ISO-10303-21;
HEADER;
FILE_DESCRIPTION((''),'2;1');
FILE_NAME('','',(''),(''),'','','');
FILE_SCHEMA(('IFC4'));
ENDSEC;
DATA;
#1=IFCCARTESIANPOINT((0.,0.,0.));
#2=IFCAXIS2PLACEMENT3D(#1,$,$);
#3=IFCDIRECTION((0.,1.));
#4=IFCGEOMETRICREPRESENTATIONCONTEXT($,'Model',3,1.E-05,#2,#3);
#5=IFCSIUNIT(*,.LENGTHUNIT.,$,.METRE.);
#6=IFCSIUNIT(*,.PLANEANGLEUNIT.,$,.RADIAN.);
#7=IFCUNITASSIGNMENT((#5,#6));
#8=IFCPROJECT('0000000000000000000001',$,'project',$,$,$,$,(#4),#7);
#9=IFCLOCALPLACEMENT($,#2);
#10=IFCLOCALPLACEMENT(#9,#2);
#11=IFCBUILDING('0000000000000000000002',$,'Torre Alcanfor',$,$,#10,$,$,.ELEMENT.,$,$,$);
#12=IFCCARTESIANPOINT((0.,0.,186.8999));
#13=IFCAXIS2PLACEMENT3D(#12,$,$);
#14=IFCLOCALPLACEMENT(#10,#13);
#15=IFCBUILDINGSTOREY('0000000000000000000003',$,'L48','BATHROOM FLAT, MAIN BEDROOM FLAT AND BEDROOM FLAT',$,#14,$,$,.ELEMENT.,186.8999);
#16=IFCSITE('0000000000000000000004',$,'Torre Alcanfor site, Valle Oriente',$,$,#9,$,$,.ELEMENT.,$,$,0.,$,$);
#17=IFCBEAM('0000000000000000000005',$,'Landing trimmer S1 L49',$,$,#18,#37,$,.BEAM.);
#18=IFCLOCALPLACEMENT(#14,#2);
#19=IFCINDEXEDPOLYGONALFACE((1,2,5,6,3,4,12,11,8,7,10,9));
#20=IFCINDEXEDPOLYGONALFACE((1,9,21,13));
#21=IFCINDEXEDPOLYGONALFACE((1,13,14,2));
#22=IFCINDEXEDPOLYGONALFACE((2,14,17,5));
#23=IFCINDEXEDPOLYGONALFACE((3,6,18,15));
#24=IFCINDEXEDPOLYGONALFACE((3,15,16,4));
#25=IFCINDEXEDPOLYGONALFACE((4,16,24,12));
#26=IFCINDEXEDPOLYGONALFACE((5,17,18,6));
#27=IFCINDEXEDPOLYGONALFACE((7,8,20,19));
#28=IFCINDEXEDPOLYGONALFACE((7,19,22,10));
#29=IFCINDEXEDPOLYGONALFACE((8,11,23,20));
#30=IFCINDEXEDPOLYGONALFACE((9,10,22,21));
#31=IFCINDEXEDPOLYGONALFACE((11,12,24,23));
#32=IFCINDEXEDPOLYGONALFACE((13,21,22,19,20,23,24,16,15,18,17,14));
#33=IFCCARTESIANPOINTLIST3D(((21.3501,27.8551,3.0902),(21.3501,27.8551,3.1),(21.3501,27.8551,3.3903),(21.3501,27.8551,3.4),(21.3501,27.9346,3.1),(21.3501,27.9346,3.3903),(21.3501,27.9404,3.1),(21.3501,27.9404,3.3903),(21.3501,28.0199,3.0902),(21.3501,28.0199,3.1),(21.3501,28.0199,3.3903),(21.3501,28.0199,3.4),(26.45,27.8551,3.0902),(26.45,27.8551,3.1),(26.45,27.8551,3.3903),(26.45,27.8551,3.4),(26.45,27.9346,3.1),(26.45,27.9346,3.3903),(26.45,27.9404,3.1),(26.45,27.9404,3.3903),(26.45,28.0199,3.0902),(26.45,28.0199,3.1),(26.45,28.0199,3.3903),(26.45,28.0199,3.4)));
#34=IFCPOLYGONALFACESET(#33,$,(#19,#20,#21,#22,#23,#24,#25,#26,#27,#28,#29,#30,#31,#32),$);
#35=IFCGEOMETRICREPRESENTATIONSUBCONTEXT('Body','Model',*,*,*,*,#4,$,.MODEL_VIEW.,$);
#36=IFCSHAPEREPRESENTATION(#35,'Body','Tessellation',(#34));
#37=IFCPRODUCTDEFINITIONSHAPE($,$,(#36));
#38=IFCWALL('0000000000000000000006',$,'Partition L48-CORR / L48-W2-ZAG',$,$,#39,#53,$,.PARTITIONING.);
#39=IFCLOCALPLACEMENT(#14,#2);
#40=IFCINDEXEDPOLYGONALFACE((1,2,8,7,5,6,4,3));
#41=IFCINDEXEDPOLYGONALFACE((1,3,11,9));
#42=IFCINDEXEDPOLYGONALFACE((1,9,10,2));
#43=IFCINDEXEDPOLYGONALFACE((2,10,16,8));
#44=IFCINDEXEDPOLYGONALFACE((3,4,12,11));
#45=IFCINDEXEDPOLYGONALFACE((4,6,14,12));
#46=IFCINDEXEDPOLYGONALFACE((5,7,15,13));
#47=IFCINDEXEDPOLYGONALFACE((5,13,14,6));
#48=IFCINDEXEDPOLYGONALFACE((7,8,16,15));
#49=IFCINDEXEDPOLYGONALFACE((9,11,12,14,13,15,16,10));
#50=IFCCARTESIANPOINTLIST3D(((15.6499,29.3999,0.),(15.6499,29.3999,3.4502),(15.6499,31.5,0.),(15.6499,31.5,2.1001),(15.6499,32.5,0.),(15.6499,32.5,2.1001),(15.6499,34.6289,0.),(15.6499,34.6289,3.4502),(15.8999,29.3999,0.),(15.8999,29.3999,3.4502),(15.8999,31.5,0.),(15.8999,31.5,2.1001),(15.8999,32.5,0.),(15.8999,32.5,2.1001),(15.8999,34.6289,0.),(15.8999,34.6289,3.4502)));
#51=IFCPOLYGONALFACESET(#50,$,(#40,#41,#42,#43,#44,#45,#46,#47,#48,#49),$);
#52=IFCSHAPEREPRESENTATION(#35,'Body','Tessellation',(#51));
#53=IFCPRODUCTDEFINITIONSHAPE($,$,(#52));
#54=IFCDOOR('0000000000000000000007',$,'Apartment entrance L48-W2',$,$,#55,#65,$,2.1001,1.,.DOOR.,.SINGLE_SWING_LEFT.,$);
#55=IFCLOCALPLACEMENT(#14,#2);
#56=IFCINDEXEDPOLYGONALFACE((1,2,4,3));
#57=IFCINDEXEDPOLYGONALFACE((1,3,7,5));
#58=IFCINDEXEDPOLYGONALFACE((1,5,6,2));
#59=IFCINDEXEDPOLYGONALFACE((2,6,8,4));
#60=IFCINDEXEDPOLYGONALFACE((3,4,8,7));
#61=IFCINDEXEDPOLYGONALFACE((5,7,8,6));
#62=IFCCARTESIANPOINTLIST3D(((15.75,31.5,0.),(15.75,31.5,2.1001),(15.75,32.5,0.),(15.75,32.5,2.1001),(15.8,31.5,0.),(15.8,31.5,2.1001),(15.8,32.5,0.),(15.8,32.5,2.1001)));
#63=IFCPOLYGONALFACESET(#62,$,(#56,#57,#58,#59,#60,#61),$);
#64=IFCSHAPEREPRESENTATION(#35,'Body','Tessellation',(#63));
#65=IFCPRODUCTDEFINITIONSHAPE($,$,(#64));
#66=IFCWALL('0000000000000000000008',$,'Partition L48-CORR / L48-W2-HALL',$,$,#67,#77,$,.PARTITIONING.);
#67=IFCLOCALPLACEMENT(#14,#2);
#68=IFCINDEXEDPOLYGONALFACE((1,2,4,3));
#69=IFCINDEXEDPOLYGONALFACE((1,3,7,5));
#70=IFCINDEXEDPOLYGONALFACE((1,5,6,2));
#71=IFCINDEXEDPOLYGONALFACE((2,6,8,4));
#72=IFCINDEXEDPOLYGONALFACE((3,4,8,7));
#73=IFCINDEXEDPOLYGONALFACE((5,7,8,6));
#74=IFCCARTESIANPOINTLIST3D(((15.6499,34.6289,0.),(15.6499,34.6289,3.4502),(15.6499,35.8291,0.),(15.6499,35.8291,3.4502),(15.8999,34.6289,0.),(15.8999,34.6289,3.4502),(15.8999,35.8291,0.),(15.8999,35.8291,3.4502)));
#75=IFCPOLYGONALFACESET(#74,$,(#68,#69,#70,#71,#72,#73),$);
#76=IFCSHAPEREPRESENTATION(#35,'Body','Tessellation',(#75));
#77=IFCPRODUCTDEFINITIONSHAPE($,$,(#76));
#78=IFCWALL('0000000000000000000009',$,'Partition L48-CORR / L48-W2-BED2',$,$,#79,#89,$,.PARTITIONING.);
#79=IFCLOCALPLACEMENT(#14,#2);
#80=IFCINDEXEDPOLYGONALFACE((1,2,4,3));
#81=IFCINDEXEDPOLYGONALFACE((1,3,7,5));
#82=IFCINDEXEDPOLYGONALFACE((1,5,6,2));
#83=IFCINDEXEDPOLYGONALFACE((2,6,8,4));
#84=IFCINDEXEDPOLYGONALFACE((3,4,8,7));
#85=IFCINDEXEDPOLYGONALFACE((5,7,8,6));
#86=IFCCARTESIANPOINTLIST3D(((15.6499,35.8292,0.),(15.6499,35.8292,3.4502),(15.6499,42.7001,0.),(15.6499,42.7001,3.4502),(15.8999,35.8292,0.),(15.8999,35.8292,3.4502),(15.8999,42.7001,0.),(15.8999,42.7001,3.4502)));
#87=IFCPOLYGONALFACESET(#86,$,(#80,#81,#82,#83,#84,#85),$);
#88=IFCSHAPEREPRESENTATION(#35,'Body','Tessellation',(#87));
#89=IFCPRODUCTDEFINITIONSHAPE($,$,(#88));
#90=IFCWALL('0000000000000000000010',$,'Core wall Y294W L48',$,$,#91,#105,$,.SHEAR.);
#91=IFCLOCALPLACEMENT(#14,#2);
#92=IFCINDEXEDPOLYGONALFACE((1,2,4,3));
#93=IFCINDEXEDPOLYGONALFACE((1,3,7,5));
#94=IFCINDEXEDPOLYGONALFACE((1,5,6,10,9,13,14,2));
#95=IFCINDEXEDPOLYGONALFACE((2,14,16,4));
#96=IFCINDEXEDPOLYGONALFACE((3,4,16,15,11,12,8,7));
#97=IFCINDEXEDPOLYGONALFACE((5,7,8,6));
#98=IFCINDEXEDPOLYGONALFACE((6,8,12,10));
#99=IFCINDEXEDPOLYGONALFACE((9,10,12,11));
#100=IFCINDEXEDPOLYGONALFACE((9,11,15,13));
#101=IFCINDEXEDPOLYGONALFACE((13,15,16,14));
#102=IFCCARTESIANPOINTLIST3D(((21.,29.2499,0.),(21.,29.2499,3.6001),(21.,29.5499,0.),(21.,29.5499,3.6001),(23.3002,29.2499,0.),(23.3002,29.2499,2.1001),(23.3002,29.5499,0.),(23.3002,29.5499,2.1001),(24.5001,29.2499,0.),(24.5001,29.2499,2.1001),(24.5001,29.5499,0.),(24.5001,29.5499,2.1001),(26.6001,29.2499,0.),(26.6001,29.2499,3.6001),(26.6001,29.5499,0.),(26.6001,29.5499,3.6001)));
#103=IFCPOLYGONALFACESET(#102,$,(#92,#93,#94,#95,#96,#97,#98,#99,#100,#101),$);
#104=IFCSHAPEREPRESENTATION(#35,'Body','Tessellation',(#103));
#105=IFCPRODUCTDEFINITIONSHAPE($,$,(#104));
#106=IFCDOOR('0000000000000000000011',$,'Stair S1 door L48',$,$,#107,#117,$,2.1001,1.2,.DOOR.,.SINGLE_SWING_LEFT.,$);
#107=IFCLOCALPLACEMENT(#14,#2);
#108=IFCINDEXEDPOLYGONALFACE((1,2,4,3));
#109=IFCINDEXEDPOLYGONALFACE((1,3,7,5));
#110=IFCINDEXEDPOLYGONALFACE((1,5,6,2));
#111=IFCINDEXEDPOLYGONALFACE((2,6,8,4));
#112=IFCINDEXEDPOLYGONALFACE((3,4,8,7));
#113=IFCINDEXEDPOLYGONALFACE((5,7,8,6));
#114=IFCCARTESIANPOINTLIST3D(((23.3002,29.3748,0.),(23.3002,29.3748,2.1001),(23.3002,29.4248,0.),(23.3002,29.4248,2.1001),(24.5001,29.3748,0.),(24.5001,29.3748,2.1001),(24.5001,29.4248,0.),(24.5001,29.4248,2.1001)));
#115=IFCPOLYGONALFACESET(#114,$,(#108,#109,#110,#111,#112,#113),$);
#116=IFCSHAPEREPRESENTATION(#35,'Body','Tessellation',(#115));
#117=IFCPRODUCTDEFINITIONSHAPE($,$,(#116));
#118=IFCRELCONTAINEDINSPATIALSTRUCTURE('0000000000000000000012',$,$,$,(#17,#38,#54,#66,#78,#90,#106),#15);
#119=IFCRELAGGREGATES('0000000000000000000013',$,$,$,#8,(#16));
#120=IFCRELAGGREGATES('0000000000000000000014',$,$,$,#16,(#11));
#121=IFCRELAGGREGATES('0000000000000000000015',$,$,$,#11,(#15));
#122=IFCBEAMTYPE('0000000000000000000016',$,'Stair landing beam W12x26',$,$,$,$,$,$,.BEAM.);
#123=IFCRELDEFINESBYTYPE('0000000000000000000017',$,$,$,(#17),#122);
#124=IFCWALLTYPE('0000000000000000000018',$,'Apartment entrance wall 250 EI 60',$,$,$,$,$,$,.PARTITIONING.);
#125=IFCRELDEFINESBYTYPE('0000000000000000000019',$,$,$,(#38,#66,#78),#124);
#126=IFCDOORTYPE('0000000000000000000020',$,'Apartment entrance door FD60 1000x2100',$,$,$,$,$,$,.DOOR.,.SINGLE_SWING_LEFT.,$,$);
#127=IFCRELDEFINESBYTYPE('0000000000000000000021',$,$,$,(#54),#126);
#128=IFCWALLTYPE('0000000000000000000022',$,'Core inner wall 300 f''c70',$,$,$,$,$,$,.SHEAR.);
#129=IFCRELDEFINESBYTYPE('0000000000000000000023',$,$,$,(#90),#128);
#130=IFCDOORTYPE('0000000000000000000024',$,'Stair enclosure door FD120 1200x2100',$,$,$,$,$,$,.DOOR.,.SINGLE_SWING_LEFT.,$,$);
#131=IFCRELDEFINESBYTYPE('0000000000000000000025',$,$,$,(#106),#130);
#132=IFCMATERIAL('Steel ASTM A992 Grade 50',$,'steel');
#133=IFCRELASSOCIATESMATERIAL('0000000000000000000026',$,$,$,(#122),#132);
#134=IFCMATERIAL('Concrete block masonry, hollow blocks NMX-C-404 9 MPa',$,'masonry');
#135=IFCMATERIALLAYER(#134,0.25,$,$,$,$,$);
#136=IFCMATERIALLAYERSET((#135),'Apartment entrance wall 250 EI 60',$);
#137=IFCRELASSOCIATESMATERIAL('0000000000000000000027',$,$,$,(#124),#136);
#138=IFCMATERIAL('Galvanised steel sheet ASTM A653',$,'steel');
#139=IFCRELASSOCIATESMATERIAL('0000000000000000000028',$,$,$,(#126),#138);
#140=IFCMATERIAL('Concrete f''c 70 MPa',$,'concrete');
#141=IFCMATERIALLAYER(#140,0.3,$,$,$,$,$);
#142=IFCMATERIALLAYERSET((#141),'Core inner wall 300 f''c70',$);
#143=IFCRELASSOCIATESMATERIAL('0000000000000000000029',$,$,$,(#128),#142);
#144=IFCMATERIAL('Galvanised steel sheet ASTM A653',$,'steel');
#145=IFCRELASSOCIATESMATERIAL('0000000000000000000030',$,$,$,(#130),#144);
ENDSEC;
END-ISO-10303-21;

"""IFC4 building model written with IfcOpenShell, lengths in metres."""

from ifc_helpers import new_model, si_unit, direction, frame, frame_2d, origin, origin_2d, place, context, subcontext, project, spatial, rectangle, i_section, extrude, material, layer, layer_set, material_profile, profile_set, type_object, element, fill, save


model = new_model("IFC4")

# Units and contexts
model_context = context("Model", 3, precision=1e-05, world=origin(), true_north=direction((0.0, 1.0)))
body_context = subcontext(model_context, "Body", "Model", "MODEL_VIEW")
ifc_project = project(units=[si_unit("LENGTHUNIT", "METRE"), si_unit("PLANEANGLEUNIT", "RADIAN")], contexts=[model_context])

# Site, building, storey
site_placement = place(None, origin())
site = spatial("IfcSite", under=ifc_project, at=site_placement, Name="Torre Alcanfor site, Valle Oriente", CompositionType="ELEMENT", RefElevation=0.0)
building_placement = place(site_placement, origin())
building = spatial("IfcBuilding", under=site, at=building_placement, Name="Torre Alcanfor", CompositionType="ELEMENT")
storey_placement = place(building_placement, frame((0.0, 0.0, 186.8999)))
storey = spatial("IfcBuildingStorey", under=building, at=storey_placement, Name="L48", Description="BATHROOM FLAT, MAIN BEDROOM FLAT AND BEDROOM FLAT", CompositionType="ELEMENT", Elevation=186.8999)

# Beam
ifc_material_1 = material(Name="Steel ASTM A992 Grade 50", Category="steel")
ifc_material_profile_1 = material_profile(ifc_material_1, i_section(OverallWidth=0.1648, OverallDepth=0.3098, WebThickness=0.0059, FlangeThickness=0.0098, at=origin_2d()), Name="W12x26")
ifc_profile_set_1 = profile_set([ifc_material_profile_1], Name="Steel ASTM A992 Grade 50")
beam_type_1 = type_object("IfcBeamType", Name="Stair landing beam W12x26", PredefinedType="BEAM", material=ifc_profile_set_1)
beam_1_placement = place(storey_placement, frame((21.3501, 27.9375, 3.2451), z_axis=(1.0, 0.0, 0.0), x_axis=(0.0, 1.0, 0.0)))
element("IfcBeam", 1, at=beam_1_placement, inside=storey, type_object=beam_type_1, Name="Landing trimmer S1 L49", PredefinedType="BEAM", context=body_context, shape_type="SweptSolid", body=[
    extrude(i_section(OverallWidth=0.1648, OverallDepth=0.3098, WebThickness=0.0059, FlangeThickness=0.0098, at=origin_2d()), origin(), (0.0, 0.0, 1.0), 5.0999),
])

# Wall, opening, door
ifc_material_2 = material(Name="Concrete block masonry, hollow blocks NMX-C-404 9 MPa", Category="masonry")
ifc_layer_1 = layer(ifc_material_2, 0.25)
ifc_layer_set_1 = layer_set([ifc_layer_1], Name="Apartment entrance wall 250 EI 60")
wall_type_1 = type_object("IfcWallType", Name="Apartment entrance wall 250 EI 60", PredefinedType="PARTITIONING", material=ifc_layer_set_1)
wall_1_placement = place(storey_placement, frame((15.7749, 29.3999, 0.0), z_axis=(0.0, 0.0, 1.0), x_axis=(0.0, 1.0, 0.0)))
wall_1 = element("IfcWall", 2, at=wall_1_placement, inside=storey, type_object=wall_type_1, Name="Partition L48-CORR / L48-W2-ZAG", PredefinedType="PARTITIONING", context=body_context, shape_type="SweptSolid", body=[
    extrude(rectangle(XDim=5.229, YDim=0.25, at=frame_2d((2.6145, 0.0))), origin(), (0.0, 0.0, 1.0), 3.4502),
])
opening_1_placement = place(wall_1_placement, frame((2.1001, 0.0, 0.0)))
opening_1 = element("IfcOpeningElement", 3, at=opening_1_placement, cuts=wall_1, PredefinedType="OPENING", context=body_context, shape_type="SweptSolid", body=[
    extrude(rectangle(XDim=1.0, YDim=2.1001, at=frame_2d((0.5, 1.05))), frame((0.0, 0.135, 0.0), z_axis=(0.0, -1.0, 0.0), x_axis=(1.0, 0.0, 0.0)), (0.0, 0.0, 1.0), 0.27),
])
ifc_material_3 = material(Name="Galvanised steel sheet ASTM A653", Category="steel")
door_type_1 = type_object("IfcDoorType", Name="Apartment entrance door FD60 1000x2100", OperationType="SINGLE_SWING_LEFT", PredefinedType="DOOR", material=ifc_material_3)
door_1_placement = place(opening_1_placement, origin())
door_1 = element("IfcDoor", 4, at=door_1_placement, inside=storey, type_object=door_type_1, Name="Apartment entrance L48-W2", OperationType="SINGLE_SWING_LEFT", OverallHeight=2.1001, OverallWidth=1.0, PredefinedType="DOOR", context=body_context, shape_type="SweptSolid", body=[
    extrude(rectangle(XDim=1.0, YDim=2.1001, at=frame_2d((0.5, 1.05))), frame((0.0, 0.0249, 0.0), z_axis=(0.0, -1.0, 0.0), x_axis=(1.0, 0.0, 0.0)), (0.0, 0.0, 1.0), 0.05),
])
fill(opening_1, door_1)

# Walls
wall_2_placement = place(storey_placement, frame((15.7749, 34.6289, 0.0), z_axis=(0.0, 0.0, 1.0), x_axis=(0.0, 1.0, 0.0)))
element("IfcWall", 5, at=wall_2_placement, inside=storey, type_object=wall_type_1, Name="Partition L48-CORR / L48-W2-HALL", PredefinedType="PARTITIONING", context=body_context, shape_type="SweptSolid", body=[
    extrude(rectangle(XDim=1.2002, YDim=0.25, at=frame_2d((0.6001, 0.0))), origin(), (0.0, 0.0, 1.0), 3.4502),
])
wall_3_placement = place(storey_placement, frame((15.7749, 35.8291, 0.0), z_axis=(0.0, 0.0, 1.0), x_axis=(0.0, 1.0, 0.0)))
element("IfcWall", 6, at=wall_3_placement, inside=storey, type_object=wall_type_1, Name="Partition L48-CORR / L48-W2-BED2", PredefinedType="PARTITIONING", context=body_context, shape_type="SweptSolid", body=[
    extrude(rectangle(XDim=6.8708, YDim=0.25, at=frame_2d((3.4355, 0.0))), origin(), (0.0, 0.0, 1.0), 3.4502),
])

# Wall, opening, door
ifc_material_4 = material(Name="Concrete f'c 70 MPa", Category="concrete")
ifc_layer_2 = layer(ifc_material_4, 0.3)
ifc_layer_set_2 = layer_set([ifc_layer_2], Name="Core inner wall 300 f'c70")
wall_type_2 = type_object("IfcWallType", Name="Core inner wall 300 f'c70", PredefinedType="SHEAR", material=ifc_layer_set_2)
wall_4_placement = place(storey_placement, frame((21.0, 29.3999, 0.0), z_axis=(0.0, 0.0, 1.0), x_axis=(1.0, 0.0, 0.0)))
wall_4 = element("IfcWall", 7, at=wall_4_placement, inside=storey, type_object=wall_type_2, Name="Core wall Y294W L48", PredefinedType="SHEAR", context=body_context, shape_type="SweptSolid", body=[
    extrude(rectangle(XDim=5.6001, YDim=0.3, at=frame_2d((2.8, 0.0))), origin(), (0.0, 0.0, 1.0), 3.6001),
])
opening_2_placement = place(wall_4_placement, frame((2.3, 0.0, 0.0)))
opening_2 = element("IfcOpeningElement", 8, at=opening_2_placement, cuts=wall_4, PredefinedType="OPENING", context=body_context, shape_type="SweptSolid", body=[
    extrude(rectangle(XDim=1.2, YDim=2.1001, at=frame_2d((0.6001, 1.05))), frame((0.0, 0.1599, 0.0), z_axis=(0.0, -1.0, 0.0), x_axis=(1.0, 0.0, 0.0)), (0.0, 0.0, 1.0), 0.3201),
])
ifc_material_5 = material(Name="Galvanised steel sheet ASTM A653", Category="steel")
door_type_2 = type_object("IfcDoorType", Name="Stair enclosure door FD120 1200x2100", OperationType="SINGLE_SWING_LEFT", PredefinedType="DOOR", material=ifc_material_5)
door_2_placement = place(opening_2_placement, frame((1.2, 0.0, 0.0), z_axis=(0.0, 0.0, 1.0), x_axis=(-1.0, 0.0, 0.0)))
door_2 = element("IfcDoor", 9, at=door_2_placement, inside=storey, type_object=door_type_2, Name="Stair S1 door L48", OperationType="SINGLE_SWING_LEFT", OverallHeight=2.1001, OverallWidth=1.2, PredefinedType="DOOR", context=body_context, shape_type="SweptSolid", body=[
    extrude(rectangle(XDim=1.2, YDim=2.1001, at=frame_2d((0.5999, 1.05))), frame((0.0, 0.0251, 0.0), z_axis=(0.0, -1.0, 0.0), x_axis=(1.0, 0.0, 0.0)), (0.0, 0.0, 1.0), 0.05),
])
fill(opening_2, door_2)

save(model, "model.ifc")
